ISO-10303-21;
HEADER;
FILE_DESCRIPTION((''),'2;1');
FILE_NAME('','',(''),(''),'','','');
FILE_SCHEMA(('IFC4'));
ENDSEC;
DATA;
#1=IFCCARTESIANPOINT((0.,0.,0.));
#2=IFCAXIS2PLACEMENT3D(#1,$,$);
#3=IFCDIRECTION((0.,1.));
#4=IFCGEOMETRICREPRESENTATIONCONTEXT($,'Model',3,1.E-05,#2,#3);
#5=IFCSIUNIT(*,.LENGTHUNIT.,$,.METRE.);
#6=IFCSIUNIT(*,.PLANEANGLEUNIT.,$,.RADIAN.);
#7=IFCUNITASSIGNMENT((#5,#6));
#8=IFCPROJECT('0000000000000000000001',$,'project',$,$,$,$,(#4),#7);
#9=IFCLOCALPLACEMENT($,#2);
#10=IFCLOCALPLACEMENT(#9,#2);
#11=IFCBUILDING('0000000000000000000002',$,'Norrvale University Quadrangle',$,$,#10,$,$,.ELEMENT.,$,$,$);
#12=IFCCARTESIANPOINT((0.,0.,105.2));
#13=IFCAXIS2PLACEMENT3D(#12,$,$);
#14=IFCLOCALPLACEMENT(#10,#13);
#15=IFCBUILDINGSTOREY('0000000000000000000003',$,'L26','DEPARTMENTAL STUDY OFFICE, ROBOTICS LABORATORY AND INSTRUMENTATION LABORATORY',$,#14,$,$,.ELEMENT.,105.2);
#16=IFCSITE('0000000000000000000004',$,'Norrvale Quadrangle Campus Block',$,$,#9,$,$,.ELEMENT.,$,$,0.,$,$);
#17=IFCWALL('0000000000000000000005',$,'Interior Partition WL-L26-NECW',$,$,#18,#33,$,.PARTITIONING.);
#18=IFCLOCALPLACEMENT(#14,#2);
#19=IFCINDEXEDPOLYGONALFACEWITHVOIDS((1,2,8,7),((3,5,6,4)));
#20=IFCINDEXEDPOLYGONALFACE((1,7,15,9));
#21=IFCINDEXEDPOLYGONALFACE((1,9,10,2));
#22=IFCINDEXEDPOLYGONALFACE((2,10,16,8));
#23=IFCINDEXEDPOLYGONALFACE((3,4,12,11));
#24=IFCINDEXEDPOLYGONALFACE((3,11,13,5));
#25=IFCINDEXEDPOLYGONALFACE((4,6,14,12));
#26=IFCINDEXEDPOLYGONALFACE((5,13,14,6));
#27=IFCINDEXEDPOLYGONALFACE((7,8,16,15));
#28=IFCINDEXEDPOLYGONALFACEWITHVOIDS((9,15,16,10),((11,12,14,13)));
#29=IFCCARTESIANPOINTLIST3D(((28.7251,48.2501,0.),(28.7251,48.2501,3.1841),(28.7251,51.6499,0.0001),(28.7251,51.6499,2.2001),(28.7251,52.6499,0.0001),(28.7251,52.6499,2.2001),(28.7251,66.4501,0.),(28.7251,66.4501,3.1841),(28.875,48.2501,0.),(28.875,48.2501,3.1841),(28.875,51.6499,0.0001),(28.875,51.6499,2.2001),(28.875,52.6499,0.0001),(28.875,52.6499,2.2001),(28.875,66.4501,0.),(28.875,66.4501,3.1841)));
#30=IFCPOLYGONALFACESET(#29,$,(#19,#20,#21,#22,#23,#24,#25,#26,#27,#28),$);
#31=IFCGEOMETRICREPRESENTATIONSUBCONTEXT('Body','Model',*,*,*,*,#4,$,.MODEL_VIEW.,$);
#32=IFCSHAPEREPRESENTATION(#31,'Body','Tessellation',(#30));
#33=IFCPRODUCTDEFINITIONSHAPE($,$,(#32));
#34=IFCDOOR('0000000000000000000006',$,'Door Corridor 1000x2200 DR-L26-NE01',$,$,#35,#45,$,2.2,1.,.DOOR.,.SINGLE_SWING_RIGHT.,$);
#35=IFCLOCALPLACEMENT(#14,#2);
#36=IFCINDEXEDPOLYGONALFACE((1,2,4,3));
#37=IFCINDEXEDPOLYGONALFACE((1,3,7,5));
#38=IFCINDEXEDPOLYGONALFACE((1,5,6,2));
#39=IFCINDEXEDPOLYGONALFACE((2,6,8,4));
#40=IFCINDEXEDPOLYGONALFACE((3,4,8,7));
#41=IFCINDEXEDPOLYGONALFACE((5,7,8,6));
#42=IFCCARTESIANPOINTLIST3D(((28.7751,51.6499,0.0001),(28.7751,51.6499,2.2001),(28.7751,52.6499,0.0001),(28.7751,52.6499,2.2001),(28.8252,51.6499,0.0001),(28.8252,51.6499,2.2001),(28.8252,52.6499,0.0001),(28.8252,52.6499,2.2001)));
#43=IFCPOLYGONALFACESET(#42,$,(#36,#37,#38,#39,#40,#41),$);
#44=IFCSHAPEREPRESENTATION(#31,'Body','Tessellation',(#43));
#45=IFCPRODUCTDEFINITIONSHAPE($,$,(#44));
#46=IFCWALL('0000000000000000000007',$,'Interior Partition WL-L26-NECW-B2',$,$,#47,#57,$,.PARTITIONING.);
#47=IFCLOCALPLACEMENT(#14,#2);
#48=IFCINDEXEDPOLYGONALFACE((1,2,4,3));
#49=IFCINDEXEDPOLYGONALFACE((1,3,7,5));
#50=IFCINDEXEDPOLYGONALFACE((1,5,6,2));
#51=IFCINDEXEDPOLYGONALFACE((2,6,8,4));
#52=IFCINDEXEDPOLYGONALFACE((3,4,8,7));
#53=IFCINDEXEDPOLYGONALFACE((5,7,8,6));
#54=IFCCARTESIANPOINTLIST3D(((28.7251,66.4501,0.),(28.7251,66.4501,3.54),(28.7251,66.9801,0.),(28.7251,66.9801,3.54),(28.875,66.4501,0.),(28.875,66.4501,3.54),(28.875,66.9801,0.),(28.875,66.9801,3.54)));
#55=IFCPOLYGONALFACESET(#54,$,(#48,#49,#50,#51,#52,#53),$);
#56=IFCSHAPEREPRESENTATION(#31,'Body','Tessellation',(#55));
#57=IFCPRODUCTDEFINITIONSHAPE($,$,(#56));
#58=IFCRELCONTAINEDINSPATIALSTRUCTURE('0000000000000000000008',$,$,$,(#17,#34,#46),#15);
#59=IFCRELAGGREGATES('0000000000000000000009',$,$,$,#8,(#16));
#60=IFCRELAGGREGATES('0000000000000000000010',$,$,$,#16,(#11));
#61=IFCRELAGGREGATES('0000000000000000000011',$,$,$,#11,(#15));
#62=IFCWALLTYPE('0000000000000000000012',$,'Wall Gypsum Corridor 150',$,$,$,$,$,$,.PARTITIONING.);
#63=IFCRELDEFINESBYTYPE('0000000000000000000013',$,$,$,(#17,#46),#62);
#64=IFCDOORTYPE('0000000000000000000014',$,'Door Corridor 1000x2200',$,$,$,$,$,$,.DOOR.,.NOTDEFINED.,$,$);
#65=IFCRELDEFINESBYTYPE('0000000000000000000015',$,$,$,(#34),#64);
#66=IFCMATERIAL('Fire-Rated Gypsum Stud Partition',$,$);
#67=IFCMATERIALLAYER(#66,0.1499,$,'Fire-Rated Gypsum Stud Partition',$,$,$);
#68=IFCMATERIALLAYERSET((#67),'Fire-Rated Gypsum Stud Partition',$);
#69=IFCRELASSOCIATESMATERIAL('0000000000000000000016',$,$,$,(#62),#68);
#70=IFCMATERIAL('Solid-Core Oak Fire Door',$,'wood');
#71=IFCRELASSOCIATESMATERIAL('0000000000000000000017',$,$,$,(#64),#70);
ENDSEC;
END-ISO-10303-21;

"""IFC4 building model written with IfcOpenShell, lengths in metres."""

from ifc_helpers import new_model, si_unit, direction, frame, frame_2d, origin, place, context, subcontext, project, spatial, rectangle, extrude, material, layer, layer_set, type_object, element, fill, save


model = new_model("IFC4")

# Units and contexts
model_context = context("Model", 3, precision=1e-05, world=origin(), true_north=direction((0.0, 1.0)))
body_context = subcontext(model_context, "Body", "Model", "MODEL_VIEW")
ifc_project = project(units=[si_unit("LENGTHUNIT", "METRE"), si_unit("PLANEANGLEUNIT", "RADIAN")], contexts=[model_context])

# Site, building, storey
site_placement = place(None, origin())
site = spatial("IfcSite", under=ifc_project, at=site_placement, Name="Norrvale Quadrangle Campus Block", CompositionType="ELEMENT", RefElevation=0.0)
building_placement = place(site_placement, origin())
building = spatial("IfcBuilding", under=site, at=building_placement, Name="Norrvale University Quadrangle", CompositionType="ELEMENT")
storey_placement = place(building_placement, frame((0.0, 0.0, 105.2)))
storey = spatial("IfcBuildingStorey", under=building, at=storey_placement, Name="L26", Description="DEPARTMENTAL STUDY OFFICE, ROBOTICS LABORATORY AND INSTRUMENTATION LABORATORY", CompositionType="ELEMENT", Elevation=105.2)

# Wall, opening, door
ifc_material_1 = material(Name="Fire-Rated Gypsum Stud Partition")
ifc_layer_1 = layer(ifc_material_1, 0.1499, Name="Fire-Rated Gypsum Stud Partition")
ifc_layer_set_1 = layer_set([ifc_layer_1], Name="Fire-Rated Gypsum Stud Partition")
wall_type_1 = type_object("IfcWallType", Name="Wall Gypsum Corridor 150", PredefinedType="PARTITIONING", material=ifc_layer_set_1)
wall_1_placement = place(storey_placement, frame((28.8, 48.25, 0.0), z_axis=(0.0, 0.0, 1.0), x_axis=(0.0, 1.0, 0.0)))
wall_1 = element("IfcWall", 1, at=wall_1_placement, inside=storey, type_object=wall_type_1, Name="Interior Partition WL-L26-NECW", PredefinedType="PARTITIONING", context=body_context, shape_type="SweptSolid", body=[
    extrude(rectangle(XDim=18.2, YDim=0.1499, at=frame_2d((9.1001, 0.0))), origin(), (0.0, 0.0, 1.0), 3.1841),
])
opening_1_placement = place(wall_1_placement, frame((3.3999, 0.0, 0.0)))
opening_1 = element("IfcOpeningElement", 2, at=opening_1_placement, cuts=wall_1, PredefinedType="OPENING", context=body_context, shape_type="SweptSolid", body=[
    extrude(rectangle(XDim=1.0, YDim=2.2, at=frame_2d((0.5, 1.1001))), frame((0.0, 0.0869, 0.0), z_axis=(0.0, -1.0, 0.0), x_axis=(1.0, 0.0, 0.0)), (0.0, 0.0, 1.0), 0.1738),
])
ifc_material_2 = material(Name="Solid-Core Oak Fire Door", Category="wood")
door_type = type_object("IfcDoorType", Name="Door Corridor 1000x2200", OperationType="NOTDEFINED", PredefinedType="DOOR", material=ifc_material_2)
door_placement = place(opening_1_placement, origin())
door = element("IfcDoor", 3, at=door_placement, inside=storey, type_object=door_type, Name="Door Corridor 1000x2200 DR-L26-NE01", OperationType="SINGLE_SWING_RIGHT", OverallHeight=2.2, OverallWidth=1.0, PredefinedType="DOOR", context=body_context, shape_type="SweptSolid", body=[
    extrude(rectangle(XDim=1.0, YDim=2.2, at=frame_2d((0.5, 1.1001))), frame((0.0, 0.0249, 0.0), z_axis=(0.0, -1.0, 0.0), x_axis=(1.0, 0.0, 0.0)), (0.0, 0.0, 1.0), 0.05),
])
fill(opening_1, door)

# Wall
wall_2_placement = place(storey_placement, frame((28.8, 66.45, 0.0), z_axis=(0.0, 0.0, 1.0), x_axis=(0.0, 1.0, 0.0)))
element("IfcWall", 4, at=wall_2_placement, inside=storey, type_object=wall_type_1, Name="Interior Partition WL-L26-NECW-B2", PredefinedType="PARTITIONING", context=body_context, shape_type="SweptSolid", body=[
    extrude(rectangle(XDim=0.53, YDim=0.1499, at=frame_2d((0.2651, 0.0))), origin(), (0.0, 0.0, 1.0), 3.54),
])

save(model, "model.ifc")
